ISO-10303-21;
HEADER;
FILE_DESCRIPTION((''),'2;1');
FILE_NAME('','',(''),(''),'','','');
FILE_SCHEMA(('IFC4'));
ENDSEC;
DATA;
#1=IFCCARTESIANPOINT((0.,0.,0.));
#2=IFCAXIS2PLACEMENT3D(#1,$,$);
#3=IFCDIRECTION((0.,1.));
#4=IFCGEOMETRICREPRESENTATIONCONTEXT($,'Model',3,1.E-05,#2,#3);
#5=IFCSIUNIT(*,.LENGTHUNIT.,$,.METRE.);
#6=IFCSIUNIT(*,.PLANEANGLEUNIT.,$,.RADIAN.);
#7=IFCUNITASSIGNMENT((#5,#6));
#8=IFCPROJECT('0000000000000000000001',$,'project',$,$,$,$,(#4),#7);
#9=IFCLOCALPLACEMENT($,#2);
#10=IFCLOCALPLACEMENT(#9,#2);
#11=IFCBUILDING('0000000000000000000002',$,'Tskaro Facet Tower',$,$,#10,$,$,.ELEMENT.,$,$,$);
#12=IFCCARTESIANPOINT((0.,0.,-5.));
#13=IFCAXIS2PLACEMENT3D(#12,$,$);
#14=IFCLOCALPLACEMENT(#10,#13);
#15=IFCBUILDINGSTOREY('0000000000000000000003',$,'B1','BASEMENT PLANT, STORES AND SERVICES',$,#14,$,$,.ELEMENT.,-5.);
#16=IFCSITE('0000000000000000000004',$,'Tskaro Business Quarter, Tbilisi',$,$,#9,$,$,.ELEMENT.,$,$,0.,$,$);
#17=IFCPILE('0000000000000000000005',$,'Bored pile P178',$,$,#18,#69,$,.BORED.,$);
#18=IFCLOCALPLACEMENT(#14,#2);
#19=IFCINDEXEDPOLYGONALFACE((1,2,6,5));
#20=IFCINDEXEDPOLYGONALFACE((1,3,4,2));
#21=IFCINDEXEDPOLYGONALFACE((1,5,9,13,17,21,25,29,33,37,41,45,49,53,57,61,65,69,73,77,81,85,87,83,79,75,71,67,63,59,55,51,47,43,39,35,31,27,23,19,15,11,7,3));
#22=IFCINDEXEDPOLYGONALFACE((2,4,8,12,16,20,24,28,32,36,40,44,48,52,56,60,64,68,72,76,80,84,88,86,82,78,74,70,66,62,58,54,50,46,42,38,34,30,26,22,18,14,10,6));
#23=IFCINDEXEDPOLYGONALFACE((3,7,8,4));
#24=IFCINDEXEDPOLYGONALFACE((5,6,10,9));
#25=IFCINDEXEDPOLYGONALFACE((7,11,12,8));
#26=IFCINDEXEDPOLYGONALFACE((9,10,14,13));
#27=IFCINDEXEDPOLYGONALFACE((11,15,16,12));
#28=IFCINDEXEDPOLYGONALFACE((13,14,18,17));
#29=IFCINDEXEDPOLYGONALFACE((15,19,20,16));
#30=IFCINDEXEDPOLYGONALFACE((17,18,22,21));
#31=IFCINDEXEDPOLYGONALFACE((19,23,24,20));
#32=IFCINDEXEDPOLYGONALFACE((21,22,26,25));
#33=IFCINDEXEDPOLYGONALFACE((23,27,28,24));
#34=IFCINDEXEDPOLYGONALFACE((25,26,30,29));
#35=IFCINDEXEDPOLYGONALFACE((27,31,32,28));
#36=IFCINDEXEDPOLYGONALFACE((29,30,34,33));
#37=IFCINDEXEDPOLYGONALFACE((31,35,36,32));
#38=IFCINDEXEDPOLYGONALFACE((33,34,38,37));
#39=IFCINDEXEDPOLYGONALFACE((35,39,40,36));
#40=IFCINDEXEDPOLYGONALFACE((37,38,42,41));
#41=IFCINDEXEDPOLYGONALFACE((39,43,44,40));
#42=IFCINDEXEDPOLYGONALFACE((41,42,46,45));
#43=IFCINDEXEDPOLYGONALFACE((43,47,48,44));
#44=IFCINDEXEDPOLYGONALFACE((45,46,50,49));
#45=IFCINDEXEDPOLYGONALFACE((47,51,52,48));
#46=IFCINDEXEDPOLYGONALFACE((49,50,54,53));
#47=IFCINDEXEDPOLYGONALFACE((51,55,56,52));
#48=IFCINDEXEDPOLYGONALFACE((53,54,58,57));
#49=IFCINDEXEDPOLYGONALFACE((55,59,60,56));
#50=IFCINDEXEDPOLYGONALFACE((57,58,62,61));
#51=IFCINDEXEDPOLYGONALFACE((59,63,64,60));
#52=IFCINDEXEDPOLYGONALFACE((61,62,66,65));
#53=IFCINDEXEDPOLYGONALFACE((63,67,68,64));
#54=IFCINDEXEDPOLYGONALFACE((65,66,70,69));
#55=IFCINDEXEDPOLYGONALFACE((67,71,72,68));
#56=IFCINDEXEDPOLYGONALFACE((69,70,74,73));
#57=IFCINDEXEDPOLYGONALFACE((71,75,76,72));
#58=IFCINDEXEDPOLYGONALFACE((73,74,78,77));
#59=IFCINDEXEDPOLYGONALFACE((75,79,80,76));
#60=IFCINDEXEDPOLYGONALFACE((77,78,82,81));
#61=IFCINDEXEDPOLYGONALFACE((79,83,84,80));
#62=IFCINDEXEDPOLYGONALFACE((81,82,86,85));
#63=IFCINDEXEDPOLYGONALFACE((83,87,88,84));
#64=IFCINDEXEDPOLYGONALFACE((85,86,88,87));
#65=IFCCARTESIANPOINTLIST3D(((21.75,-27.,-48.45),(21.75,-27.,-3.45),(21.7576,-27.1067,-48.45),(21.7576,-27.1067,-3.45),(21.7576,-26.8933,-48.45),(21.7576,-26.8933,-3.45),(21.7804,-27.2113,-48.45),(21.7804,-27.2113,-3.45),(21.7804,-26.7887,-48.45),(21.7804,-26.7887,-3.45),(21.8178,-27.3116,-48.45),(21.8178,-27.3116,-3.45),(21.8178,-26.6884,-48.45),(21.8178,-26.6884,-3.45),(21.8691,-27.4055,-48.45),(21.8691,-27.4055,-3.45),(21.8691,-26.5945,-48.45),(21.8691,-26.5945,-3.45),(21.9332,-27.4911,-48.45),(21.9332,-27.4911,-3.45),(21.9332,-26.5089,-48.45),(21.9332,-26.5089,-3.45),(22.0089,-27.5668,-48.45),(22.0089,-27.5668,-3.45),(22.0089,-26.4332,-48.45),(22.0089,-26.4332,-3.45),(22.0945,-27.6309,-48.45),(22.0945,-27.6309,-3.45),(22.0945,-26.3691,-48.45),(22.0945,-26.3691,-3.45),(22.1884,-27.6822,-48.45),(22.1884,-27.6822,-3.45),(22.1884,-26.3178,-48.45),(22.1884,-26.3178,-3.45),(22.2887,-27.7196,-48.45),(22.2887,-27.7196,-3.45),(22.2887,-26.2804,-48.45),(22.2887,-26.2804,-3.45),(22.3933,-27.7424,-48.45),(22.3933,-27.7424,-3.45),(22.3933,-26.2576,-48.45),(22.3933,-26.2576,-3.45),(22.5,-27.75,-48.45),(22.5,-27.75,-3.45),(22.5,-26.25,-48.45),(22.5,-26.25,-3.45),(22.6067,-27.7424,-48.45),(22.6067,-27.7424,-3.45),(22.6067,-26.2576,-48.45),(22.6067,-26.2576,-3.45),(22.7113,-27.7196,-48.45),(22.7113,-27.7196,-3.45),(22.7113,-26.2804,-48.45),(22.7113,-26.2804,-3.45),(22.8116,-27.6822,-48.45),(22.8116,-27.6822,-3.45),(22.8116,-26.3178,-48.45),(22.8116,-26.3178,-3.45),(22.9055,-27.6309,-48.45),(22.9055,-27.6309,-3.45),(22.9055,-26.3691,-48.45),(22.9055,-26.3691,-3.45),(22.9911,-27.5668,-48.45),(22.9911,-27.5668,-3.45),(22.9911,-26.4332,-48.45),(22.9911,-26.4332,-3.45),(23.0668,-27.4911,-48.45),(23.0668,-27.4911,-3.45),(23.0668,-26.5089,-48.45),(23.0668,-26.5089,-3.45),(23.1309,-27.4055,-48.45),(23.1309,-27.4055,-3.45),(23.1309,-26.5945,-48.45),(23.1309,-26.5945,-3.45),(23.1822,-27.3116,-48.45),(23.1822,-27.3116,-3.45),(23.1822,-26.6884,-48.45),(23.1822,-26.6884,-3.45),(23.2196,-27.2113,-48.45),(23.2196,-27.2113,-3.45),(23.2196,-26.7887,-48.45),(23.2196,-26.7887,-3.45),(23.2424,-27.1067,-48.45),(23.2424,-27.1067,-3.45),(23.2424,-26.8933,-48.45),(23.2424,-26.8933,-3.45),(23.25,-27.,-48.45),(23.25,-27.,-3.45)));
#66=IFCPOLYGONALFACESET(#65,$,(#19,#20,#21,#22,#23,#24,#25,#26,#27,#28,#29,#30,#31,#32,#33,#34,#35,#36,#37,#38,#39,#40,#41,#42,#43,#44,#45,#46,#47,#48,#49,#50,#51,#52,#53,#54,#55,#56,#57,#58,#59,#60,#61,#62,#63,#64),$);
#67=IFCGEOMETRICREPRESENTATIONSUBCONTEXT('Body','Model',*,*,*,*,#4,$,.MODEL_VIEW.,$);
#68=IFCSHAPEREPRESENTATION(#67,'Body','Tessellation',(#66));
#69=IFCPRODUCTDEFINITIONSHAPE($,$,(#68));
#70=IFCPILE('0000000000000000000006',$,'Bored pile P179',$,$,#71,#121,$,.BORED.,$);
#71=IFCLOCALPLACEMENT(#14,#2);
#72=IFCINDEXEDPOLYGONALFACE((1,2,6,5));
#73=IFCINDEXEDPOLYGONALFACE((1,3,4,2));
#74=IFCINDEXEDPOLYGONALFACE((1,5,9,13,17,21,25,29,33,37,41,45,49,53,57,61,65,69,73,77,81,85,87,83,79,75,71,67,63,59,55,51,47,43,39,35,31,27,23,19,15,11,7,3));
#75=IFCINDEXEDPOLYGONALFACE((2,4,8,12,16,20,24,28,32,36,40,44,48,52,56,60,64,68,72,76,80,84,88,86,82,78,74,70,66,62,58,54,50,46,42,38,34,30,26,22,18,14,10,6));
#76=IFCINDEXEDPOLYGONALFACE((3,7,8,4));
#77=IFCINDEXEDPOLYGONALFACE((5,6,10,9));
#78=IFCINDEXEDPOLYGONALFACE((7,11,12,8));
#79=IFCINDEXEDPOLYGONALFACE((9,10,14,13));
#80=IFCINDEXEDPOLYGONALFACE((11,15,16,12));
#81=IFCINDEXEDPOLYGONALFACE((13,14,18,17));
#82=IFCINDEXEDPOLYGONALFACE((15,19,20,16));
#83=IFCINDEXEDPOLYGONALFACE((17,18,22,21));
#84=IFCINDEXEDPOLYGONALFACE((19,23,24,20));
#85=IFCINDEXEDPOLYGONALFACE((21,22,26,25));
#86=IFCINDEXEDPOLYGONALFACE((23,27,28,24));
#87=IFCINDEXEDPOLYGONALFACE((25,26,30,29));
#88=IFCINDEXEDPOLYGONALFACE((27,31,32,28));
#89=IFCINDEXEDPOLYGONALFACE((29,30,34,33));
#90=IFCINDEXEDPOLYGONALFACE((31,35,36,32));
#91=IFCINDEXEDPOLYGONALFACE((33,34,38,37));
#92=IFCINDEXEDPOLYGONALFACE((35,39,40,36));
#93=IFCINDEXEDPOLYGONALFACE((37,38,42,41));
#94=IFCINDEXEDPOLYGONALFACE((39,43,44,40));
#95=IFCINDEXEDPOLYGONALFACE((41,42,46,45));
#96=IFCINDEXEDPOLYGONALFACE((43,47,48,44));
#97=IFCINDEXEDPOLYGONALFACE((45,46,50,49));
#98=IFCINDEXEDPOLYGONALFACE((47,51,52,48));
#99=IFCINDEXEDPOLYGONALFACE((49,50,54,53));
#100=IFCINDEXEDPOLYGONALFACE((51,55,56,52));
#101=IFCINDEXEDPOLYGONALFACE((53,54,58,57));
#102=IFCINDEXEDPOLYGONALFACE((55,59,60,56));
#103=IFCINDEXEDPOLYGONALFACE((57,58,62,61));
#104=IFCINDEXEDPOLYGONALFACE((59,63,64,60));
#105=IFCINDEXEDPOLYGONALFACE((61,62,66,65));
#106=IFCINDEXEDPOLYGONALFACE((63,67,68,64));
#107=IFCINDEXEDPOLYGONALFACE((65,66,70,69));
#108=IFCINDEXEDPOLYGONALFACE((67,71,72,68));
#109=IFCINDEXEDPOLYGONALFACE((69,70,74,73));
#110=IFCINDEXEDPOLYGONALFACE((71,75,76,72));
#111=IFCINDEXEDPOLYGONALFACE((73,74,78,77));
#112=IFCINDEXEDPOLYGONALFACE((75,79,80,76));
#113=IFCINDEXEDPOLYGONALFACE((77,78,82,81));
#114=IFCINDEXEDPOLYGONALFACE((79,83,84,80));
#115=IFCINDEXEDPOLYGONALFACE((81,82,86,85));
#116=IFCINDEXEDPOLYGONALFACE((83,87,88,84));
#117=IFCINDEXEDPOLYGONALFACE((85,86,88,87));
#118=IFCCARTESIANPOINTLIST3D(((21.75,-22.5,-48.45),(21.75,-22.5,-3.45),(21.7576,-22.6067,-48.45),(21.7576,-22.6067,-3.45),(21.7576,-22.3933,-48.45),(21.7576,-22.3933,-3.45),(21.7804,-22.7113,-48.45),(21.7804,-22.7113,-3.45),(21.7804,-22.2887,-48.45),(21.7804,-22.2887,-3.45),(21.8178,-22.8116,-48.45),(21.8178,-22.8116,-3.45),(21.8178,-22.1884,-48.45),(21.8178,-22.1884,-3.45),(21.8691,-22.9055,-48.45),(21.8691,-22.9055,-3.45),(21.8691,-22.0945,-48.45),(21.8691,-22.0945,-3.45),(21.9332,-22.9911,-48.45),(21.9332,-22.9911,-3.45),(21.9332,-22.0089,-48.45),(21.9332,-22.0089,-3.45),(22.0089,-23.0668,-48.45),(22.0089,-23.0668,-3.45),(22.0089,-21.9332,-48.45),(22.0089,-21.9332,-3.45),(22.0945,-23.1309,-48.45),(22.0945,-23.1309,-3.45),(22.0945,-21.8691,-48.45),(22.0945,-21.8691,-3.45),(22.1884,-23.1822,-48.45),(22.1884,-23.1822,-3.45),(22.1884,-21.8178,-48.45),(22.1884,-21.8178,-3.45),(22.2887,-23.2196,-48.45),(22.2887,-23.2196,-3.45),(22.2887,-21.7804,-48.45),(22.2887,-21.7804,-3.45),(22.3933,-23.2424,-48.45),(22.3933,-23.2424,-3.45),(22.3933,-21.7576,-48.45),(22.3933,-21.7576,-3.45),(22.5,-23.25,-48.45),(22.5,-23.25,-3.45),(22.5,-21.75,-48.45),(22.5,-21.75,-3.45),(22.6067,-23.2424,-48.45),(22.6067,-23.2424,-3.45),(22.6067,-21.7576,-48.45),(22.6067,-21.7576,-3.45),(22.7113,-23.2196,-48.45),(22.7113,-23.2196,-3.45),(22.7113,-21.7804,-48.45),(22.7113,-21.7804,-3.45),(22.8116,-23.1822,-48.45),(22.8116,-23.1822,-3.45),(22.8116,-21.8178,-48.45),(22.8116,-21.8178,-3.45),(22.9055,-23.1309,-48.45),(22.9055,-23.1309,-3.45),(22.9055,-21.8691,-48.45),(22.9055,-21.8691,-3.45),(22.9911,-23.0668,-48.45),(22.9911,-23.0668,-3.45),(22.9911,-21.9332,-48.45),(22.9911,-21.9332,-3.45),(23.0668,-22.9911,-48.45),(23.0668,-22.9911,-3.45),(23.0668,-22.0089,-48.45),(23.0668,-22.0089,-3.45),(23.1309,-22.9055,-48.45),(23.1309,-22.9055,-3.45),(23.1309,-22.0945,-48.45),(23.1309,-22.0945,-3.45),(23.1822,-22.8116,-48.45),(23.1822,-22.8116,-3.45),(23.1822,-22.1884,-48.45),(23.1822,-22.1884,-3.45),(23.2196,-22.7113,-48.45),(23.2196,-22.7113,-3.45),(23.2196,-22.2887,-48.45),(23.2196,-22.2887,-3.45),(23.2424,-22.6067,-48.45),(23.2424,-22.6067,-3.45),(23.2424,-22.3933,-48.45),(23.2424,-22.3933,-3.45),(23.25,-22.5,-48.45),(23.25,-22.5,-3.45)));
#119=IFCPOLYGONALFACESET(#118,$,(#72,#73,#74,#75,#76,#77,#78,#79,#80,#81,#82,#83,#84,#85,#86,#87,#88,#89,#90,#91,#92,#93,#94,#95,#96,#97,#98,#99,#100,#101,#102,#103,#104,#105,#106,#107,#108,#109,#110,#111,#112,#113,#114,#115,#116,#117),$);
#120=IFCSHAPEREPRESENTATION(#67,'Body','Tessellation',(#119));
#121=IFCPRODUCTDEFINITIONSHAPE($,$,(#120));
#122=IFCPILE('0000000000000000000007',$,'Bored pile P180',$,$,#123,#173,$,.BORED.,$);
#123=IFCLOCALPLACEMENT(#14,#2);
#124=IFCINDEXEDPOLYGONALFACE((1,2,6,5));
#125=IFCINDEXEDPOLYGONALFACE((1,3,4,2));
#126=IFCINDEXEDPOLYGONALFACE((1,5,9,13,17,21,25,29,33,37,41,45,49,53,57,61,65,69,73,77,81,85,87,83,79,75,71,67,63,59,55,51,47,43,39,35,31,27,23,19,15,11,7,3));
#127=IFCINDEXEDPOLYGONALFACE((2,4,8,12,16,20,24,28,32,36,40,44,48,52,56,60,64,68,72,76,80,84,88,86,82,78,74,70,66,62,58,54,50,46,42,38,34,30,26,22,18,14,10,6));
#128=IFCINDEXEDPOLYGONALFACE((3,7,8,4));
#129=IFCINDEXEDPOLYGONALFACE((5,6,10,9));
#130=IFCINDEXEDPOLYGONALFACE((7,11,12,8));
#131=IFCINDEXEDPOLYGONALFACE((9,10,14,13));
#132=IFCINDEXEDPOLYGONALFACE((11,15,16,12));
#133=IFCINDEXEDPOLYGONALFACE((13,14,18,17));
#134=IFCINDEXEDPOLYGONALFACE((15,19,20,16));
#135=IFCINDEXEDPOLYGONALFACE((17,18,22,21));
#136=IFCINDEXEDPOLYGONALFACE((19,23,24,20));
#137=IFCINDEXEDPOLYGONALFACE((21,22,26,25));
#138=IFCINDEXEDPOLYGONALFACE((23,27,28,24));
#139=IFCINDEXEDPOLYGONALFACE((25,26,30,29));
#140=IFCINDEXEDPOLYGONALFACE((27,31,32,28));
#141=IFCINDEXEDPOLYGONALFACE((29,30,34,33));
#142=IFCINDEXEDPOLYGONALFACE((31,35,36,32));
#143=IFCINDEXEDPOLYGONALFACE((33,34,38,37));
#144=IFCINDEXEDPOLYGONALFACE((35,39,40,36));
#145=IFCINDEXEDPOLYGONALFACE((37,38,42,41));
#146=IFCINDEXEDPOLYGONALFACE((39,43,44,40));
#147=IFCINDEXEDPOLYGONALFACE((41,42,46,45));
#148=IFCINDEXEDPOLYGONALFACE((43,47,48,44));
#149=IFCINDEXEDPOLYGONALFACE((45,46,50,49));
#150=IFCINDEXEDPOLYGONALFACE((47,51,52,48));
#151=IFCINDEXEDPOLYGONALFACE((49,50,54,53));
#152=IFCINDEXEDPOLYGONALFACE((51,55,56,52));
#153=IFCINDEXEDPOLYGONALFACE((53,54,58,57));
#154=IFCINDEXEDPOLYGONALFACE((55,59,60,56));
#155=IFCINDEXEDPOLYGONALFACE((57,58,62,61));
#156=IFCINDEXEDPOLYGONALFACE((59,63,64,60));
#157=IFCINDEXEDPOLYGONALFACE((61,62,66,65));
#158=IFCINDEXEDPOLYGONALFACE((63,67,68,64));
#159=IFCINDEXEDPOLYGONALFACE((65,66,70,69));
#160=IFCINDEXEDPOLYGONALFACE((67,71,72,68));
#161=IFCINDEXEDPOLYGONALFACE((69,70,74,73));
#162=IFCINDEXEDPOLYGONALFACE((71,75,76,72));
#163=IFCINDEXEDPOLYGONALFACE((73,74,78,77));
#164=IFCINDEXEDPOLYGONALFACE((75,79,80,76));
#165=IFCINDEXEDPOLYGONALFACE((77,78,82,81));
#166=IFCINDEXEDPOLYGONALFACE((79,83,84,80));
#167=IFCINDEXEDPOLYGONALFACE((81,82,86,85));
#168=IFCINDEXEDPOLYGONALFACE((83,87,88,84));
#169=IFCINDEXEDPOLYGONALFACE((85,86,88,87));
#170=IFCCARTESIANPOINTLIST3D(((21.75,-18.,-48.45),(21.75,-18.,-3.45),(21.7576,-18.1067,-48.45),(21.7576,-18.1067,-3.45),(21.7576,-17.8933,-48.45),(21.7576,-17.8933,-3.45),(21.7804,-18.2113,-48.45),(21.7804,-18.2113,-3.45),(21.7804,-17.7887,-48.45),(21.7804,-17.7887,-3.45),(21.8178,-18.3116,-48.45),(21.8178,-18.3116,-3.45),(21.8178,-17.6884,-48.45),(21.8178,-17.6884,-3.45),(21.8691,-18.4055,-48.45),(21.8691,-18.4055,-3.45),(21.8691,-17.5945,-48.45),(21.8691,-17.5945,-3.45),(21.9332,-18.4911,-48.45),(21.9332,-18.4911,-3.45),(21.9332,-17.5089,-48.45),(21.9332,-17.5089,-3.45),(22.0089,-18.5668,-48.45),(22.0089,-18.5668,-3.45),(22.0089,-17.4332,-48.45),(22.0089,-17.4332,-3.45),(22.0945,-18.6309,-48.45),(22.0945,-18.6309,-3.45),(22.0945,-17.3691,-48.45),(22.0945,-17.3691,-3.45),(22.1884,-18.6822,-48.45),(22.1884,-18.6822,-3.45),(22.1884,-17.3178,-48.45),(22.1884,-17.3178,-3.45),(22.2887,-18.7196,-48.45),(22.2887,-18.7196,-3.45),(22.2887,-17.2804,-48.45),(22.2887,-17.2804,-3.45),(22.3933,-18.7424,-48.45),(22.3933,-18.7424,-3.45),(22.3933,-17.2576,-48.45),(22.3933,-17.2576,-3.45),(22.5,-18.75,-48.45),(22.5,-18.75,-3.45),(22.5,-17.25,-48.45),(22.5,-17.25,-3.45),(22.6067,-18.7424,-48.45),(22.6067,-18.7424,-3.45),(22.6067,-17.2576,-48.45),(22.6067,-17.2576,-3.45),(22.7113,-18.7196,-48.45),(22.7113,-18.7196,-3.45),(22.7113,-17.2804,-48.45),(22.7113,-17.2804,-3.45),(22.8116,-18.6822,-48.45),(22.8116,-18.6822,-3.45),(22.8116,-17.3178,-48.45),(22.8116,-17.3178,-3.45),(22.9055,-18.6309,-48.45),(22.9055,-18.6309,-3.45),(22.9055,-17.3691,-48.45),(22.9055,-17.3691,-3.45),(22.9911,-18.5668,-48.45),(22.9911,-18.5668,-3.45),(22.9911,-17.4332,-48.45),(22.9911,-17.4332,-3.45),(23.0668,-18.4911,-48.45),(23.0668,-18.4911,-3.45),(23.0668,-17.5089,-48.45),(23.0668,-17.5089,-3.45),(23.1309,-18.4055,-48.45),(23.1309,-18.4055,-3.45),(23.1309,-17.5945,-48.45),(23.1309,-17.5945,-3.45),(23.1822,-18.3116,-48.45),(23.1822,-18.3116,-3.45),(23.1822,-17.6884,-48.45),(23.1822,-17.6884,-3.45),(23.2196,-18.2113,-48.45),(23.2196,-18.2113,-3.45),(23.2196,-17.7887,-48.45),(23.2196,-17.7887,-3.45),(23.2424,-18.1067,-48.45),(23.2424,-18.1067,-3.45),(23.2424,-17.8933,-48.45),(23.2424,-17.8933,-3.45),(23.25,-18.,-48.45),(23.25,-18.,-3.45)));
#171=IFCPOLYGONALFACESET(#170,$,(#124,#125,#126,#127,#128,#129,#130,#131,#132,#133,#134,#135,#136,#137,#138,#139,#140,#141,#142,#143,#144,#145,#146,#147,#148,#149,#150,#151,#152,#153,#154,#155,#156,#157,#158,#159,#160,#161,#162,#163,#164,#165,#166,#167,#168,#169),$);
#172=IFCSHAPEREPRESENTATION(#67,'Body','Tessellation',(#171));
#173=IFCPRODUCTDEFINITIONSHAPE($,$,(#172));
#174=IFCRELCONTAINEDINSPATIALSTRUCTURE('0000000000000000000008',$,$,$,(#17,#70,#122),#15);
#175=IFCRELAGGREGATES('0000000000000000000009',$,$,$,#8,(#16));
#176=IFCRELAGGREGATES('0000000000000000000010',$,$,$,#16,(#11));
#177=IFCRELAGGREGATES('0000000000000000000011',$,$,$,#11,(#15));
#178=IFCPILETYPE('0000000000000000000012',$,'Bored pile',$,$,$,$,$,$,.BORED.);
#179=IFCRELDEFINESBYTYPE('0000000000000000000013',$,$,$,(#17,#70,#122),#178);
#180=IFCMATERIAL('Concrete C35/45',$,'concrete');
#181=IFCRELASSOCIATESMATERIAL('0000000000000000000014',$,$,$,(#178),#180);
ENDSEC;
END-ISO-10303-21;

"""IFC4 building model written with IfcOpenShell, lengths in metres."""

from ifc_helpers import new_model, si_unit, direction, frame, origin, origin_2d, place, context, subcontext, project, spatial, circle, extrude, material, material_profile, profile_set, type_object, element, save


model = new_model("IFC4")

# Units and contexts
model_context = context("Model", 3, precision=1e-05, world=origin(), true_north=direction((0.0, 1.0)))
body_context = subcontext(model_context, "Body", "Model", "MODEL_VIEW")
ifc_project = project(units=[si_unit("LENGTHUNIT", "METRE"), si_unit("PLANEANGLEUNIT", "RADIAN")], contexts=[model_context])

# Site, building, storey
site_placement = place(None, origin())
site = spatial("IfcSite", under=ifc_project, at=site_placement, Name="Tskaro Business Quarter, Tbilisi", CompositionType="ELEMENT", RefElevation=0.0)
building_placement = place(site_placement, origin())
building = spatial("IfcBuilding", under=site, at=building_placement, Name="Tskaro Facet Tower", CompositionType="ELEMENT")
storey_placement = place(building_placement, frame((0.0, 0.0, -5.0)))
storey = spatial("IfcBuildingStorey", under=building, at=storey_placement, Name="B1", Description="BASEMENT PLANT, STORES AND SERVICES", CompositionType="ELEMENT", Elevation=-5.0)

# Piles
ifc_material_1 = material(Name="Concrete C35/45", Category="concrete")
ifc_material_profile_1 = material_profile(ifc_material_1, circle(Radius=0.75, at=origin_2d()), Name="Bored pile")
ifc_profile_set_1 = profile_set([ifc_material_profile_1], Name="Concrete C35/45")
pile_type = type_object("IfcPileType", Name="Bored pile", PredefinedType="BORED", material=ifc_profile_set_1)
for number, where, z_axis, x_axis, name in (
    (1, (22.5, -27.0, -3.45), (0.0, 0.0, -1.0), (1.0, 0.0, 0.0), "Bored pile P178"),
    (2, (22.5, -22.5, -3.45), (0.0, 0.0, -1.0), (1.0, 0.0, 0.0), "Bored pile P179"),
    (3, (22.5, -18.0, -3.45), (0.0, 0.0, -1.0), (1.0, 0.0, 0.0), "Bored pile P180"),
):
    element("IfcPile", number, at=place(storey_placement, frame(where, z_axis=z_axis, x_axis=x_axis)), inside=storey, type_object=pile_type, Name=name, PredefinedType="BORED", context=body_context, shape_type="SweptSolid", body=[
        extrude(circle(Radius=0.75, at=origin_2d()), origin(), (0.0, 0.0, 1.0), 45.0),
    ])

save(model, "model.ifc")
